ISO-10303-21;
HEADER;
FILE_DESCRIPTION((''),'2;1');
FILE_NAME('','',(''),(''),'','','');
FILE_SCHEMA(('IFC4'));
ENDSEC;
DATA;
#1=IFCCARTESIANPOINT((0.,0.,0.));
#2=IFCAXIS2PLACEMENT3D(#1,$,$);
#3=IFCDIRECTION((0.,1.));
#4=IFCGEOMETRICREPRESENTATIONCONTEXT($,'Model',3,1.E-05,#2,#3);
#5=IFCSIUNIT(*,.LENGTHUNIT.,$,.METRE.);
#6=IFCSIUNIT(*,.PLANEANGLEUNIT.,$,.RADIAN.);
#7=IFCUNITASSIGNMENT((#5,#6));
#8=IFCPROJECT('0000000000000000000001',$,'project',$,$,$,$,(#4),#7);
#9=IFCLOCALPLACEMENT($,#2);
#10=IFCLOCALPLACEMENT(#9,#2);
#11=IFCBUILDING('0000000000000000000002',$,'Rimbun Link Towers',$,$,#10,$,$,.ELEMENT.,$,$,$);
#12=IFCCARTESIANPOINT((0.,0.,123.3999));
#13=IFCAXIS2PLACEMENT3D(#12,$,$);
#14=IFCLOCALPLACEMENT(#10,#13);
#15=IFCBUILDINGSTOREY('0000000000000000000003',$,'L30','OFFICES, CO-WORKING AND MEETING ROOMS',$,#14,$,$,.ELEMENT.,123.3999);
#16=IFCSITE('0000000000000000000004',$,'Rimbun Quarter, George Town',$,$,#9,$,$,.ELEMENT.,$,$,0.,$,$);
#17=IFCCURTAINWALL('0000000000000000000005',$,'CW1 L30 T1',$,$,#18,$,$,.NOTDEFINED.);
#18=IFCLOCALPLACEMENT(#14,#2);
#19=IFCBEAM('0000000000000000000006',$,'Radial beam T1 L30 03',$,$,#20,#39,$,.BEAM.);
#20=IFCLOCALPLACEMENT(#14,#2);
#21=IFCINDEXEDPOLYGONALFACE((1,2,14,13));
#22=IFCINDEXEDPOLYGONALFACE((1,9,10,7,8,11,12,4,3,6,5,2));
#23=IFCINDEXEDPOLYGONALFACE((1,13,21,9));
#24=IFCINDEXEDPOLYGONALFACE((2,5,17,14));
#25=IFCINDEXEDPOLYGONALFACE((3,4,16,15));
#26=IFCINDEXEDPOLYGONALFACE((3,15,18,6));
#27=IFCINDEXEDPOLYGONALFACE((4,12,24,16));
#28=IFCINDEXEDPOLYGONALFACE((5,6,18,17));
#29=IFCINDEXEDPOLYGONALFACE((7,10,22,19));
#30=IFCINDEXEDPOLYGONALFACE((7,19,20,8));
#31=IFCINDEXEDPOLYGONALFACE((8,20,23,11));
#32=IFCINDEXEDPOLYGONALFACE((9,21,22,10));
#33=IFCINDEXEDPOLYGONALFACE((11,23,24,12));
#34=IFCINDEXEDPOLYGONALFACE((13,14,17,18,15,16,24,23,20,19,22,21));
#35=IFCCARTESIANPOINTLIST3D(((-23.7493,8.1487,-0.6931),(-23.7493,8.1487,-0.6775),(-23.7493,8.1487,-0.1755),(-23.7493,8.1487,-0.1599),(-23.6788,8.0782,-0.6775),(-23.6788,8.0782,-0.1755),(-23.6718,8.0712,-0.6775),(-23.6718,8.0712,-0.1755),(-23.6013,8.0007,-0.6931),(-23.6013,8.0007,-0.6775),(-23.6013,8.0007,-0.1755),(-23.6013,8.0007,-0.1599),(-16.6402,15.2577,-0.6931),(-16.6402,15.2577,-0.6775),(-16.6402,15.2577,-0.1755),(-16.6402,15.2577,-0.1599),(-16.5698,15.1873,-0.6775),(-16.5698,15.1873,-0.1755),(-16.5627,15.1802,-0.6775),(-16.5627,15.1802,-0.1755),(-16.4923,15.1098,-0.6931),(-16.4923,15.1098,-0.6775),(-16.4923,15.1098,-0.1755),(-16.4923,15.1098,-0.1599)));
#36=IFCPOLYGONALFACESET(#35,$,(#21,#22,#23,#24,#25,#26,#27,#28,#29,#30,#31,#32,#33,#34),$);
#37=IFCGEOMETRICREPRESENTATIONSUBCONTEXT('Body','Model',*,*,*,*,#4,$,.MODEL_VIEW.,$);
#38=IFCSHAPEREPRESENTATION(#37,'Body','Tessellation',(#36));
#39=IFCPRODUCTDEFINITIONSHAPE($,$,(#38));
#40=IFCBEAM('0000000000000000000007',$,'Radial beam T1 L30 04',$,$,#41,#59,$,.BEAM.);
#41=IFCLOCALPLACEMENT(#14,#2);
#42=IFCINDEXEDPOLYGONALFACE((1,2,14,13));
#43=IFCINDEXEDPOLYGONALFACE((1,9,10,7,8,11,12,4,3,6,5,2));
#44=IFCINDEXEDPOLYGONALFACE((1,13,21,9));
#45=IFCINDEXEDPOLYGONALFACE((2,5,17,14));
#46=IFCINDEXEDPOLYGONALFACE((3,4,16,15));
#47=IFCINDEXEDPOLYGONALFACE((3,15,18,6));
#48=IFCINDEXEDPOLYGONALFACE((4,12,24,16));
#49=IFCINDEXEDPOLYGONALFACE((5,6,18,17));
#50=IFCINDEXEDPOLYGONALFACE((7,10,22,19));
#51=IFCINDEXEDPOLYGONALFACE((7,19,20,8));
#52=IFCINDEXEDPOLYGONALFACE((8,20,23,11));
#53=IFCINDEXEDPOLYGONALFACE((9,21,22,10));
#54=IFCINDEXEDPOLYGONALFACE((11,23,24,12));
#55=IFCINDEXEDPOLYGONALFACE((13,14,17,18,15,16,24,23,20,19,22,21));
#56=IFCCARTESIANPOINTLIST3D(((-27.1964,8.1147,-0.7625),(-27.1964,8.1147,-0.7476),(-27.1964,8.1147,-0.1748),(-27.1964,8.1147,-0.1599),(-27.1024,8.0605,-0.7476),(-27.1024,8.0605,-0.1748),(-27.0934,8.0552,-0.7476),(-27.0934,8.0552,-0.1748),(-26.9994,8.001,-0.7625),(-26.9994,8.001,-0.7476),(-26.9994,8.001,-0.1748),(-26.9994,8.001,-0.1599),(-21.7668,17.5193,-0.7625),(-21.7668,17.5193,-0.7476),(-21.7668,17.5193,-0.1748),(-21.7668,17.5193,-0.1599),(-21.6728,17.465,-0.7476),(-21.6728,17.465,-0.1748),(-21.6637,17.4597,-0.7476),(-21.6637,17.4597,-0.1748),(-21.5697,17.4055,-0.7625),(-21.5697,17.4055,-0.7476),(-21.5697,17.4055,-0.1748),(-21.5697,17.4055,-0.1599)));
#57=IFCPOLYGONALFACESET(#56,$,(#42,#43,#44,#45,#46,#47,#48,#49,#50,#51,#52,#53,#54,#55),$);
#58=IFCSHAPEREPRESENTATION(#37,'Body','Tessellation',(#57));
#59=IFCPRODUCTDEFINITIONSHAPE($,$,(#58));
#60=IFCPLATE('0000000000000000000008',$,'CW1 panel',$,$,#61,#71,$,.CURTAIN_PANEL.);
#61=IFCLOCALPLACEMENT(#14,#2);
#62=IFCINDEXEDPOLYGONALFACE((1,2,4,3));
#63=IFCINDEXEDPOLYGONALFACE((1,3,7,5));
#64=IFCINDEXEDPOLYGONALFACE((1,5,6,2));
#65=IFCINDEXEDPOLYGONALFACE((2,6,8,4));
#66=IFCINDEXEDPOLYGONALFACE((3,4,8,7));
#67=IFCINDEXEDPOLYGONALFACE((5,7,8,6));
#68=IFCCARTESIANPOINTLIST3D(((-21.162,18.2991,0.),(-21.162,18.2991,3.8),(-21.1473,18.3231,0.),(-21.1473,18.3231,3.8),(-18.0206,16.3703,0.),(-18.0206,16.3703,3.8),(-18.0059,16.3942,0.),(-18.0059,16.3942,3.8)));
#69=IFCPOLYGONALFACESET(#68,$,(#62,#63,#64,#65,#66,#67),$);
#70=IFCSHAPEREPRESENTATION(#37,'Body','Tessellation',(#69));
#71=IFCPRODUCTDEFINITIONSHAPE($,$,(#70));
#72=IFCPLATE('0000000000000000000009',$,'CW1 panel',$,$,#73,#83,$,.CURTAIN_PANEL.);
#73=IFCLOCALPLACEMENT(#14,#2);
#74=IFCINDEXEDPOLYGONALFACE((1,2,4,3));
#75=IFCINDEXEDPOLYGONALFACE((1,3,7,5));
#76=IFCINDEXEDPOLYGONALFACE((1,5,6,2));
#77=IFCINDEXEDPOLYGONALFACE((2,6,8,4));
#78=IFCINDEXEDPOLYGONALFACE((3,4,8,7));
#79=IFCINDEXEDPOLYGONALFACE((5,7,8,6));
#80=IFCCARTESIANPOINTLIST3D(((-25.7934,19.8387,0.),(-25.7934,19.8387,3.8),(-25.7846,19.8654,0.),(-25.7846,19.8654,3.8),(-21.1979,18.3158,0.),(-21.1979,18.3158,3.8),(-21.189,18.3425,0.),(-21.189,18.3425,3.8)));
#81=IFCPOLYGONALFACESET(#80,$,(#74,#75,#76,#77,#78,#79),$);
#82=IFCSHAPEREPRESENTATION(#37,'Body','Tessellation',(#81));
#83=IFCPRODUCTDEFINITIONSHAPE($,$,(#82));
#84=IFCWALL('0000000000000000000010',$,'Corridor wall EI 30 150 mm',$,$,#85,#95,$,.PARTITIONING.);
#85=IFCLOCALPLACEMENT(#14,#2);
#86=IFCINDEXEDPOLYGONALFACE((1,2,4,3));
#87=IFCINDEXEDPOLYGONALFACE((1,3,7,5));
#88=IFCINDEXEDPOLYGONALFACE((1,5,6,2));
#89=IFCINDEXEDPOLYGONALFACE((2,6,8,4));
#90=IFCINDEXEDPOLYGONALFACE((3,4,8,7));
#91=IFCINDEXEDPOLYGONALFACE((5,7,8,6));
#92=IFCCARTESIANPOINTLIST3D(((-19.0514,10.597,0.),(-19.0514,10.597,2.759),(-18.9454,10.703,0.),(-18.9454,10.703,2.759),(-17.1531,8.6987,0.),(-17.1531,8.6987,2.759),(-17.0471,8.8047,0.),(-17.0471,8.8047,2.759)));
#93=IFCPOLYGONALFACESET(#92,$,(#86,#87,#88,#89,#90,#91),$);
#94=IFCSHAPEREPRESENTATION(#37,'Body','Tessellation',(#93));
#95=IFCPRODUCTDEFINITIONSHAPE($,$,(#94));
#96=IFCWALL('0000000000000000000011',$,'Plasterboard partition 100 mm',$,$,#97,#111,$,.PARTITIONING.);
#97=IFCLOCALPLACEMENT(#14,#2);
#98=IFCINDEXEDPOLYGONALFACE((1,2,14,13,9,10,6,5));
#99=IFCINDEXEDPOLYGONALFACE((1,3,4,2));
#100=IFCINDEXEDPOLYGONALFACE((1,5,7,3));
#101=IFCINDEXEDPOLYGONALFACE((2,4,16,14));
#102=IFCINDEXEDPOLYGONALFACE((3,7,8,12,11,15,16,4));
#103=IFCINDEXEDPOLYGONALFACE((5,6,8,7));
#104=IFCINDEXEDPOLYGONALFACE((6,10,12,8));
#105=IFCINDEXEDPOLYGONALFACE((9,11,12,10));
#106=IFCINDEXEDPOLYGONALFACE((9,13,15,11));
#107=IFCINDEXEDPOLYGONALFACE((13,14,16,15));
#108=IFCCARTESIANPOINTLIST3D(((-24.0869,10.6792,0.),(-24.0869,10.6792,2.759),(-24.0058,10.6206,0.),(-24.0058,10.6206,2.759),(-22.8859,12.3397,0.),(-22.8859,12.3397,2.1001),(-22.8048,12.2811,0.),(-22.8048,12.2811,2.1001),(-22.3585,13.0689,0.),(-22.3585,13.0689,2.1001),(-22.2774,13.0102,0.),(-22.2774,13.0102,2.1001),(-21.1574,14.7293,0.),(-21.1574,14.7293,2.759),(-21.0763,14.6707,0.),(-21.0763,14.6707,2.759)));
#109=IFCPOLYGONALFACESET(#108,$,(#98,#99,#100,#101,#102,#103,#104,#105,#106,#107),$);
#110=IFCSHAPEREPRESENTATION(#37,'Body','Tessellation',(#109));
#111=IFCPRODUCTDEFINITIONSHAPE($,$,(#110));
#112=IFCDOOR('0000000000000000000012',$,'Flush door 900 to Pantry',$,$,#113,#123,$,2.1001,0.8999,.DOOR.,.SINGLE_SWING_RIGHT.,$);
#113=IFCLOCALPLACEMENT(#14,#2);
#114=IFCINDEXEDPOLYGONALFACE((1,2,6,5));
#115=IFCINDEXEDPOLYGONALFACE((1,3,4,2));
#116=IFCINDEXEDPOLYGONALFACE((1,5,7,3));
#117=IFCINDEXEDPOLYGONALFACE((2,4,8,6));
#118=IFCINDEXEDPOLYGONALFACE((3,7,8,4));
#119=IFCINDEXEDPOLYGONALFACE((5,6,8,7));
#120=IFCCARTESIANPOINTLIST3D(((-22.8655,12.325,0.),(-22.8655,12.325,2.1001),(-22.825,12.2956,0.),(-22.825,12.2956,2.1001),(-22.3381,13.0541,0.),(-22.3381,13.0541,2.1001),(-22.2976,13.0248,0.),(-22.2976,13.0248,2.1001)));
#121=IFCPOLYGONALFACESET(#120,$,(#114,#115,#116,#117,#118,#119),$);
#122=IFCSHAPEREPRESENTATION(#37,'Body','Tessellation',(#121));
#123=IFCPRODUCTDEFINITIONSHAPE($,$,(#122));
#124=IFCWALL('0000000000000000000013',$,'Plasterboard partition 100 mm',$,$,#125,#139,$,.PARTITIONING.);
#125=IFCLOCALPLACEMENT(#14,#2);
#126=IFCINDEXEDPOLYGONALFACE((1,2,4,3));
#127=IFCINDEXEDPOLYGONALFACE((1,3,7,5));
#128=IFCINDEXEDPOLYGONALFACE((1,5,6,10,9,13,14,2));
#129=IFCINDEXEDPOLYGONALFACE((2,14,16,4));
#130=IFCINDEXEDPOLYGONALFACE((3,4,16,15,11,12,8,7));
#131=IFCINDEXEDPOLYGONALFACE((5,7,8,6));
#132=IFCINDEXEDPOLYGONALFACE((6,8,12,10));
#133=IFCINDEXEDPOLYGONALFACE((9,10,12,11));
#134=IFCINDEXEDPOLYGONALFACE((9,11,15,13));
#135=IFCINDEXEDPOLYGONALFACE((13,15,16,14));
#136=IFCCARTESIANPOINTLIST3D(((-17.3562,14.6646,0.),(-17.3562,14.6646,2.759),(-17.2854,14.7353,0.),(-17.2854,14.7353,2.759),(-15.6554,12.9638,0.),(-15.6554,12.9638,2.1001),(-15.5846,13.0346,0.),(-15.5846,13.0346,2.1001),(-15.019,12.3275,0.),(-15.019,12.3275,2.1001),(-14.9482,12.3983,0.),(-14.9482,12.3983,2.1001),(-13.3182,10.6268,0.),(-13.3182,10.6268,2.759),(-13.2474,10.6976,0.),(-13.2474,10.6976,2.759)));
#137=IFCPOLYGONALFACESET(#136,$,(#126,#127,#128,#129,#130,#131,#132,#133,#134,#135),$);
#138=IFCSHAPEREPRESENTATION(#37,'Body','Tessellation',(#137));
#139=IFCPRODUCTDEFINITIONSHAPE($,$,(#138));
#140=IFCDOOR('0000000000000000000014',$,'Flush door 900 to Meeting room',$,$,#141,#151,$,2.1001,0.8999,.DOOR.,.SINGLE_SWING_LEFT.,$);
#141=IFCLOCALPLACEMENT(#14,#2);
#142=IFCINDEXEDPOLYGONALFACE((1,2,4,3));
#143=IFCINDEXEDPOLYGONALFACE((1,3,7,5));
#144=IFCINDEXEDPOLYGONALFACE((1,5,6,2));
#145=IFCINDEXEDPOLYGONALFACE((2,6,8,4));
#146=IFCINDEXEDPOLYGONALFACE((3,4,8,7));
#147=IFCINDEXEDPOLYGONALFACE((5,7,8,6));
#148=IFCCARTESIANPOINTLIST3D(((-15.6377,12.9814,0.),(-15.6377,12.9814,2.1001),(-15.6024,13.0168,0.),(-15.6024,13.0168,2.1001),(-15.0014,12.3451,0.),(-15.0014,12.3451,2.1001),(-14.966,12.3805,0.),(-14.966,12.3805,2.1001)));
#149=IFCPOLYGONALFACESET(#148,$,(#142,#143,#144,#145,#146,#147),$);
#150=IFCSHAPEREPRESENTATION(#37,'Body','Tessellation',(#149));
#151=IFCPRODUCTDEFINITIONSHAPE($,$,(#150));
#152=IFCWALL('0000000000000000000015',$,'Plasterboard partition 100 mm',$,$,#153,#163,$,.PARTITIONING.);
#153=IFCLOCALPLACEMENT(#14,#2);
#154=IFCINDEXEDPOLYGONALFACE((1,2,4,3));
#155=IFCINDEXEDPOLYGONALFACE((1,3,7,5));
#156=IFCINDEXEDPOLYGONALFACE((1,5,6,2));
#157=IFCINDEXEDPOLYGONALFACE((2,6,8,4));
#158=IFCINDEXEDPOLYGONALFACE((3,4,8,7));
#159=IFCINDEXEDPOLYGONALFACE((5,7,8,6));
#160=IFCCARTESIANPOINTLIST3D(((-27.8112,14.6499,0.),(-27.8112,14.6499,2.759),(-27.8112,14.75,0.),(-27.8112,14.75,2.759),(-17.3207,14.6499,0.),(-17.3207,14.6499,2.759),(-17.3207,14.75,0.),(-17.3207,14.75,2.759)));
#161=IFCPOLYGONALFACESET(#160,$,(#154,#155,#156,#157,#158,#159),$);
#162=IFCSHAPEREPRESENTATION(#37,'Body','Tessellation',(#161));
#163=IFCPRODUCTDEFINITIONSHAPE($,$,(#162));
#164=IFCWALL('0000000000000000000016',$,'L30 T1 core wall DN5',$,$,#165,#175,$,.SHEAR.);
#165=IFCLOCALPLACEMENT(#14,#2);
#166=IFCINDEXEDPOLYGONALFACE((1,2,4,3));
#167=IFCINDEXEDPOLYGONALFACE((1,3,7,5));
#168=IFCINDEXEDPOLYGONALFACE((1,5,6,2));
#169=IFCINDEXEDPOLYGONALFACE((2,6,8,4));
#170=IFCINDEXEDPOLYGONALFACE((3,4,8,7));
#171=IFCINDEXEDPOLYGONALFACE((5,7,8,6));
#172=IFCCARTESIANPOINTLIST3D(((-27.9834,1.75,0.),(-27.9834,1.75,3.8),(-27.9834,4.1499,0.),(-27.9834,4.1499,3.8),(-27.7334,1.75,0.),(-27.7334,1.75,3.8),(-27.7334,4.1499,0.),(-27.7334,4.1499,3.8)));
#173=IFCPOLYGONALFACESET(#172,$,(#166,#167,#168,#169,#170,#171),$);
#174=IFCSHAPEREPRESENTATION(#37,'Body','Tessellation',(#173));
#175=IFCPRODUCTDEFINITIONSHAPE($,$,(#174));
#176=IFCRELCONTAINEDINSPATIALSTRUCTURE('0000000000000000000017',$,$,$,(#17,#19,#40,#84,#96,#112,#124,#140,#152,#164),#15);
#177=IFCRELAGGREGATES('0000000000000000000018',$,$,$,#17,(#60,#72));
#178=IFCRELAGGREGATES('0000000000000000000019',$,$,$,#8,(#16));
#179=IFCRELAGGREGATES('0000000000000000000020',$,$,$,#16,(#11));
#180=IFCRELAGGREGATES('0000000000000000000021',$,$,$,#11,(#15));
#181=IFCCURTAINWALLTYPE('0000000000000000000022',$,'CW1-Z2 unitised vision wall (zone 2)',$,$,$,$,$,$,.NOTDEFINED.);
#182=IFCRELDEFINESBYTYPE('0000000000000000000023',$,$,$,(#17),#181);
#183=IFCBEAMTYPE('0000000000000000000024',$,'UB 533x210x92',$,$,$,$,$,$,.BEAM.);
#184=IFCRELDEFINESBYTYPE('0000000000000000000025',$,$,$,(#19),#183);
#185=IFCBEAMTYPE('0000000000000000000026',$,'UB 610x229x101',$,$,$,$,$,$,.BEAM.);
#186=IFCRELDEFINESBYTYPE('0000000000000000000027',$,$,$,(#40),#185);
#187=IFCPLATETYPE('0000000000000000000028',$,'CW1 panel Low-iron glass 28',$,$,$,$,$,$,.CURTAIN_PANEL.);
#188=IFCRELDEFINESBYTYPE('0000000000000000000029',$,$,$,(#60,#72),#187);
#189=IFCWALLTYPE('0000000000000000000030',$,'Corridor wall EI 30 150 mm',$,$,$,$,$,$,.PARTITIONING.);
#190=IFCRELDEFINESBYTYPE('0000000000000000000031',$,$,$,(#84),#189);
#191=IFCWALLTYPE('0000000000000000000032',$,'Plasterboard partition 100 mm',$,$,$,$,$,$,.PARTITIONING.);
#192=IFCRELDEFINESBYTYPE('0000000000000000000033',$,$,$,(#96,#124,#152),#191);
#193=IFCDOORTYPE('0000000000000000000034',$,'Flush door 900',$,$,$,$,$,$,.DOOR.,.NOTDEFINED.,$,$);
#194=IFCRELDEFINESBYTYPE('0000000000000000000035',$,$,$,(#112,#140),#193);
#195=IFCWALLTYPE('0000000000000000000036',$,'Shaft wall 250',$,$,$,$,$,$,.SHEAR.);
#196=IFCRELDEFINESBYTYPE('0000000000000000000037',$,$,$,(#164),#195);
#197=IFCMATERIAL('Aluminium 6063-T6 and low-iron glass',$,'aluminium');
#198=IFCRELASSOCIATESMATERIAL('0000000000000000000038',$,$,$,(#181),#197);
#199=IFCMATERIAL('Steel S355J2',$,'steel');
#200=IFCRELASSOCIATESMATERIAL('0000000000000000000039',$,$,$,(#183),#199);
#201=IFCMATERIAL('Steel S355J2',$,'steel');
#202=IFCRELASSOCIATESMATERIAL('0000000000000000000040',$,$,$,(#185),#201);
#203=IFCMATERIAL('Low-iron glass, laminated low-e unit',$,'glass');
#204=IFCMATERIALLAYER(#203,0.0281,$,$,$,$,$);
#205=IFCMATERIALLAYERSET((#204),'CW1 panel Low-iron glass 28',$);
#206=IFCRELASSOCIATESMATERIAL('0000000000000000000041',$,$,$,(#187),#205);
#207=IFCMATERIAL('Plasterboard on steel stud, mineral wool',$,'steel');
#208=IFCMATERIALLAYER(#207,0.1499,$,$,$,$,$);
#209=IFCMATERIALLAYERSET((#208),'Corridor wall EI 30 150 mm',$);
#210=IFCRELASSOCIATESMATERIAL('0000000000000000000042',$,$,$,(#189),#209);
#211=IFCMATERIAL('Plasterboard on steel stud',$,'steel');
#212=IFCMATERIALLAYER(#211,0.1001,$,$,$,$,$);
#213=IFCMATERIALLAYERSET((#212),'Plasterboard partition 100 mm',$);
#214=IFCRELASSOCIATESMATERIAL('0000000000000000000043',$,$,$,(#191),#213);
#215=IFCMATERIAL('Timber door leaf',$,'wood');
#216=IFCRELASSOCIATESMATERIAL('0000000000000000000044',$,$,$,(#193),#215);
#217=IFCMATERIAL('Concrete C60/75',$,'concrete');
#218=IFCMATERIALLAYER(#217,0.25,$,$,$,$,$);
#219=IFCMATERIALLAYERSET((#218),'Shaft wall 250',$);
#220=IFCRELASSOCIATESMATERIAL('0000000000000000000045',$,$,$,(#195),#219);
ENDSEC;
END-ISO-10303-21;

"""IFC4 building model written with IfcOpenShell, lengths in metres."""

from ifc_helpers import new_model, si_unit, direction, frame, frame_2d, origin, origin_2d, place, context, subcontext, project, spatial, rectangle, i_section, extrude, material, layer, layer_set, material_profile, profile_set, type_object, element, fill, aggregate, save


model = new_model("IFC4")

# Units and contexts
model_context = context("Model", 3, precision=1e-05, world=origin(), true_north=direction((0.0, 1.0)))
body_context = subcontext(model_context, "Body", "Model", "MODEL_VIEW")
ifc_project = project(units=[si_unit("LENGTHUNIT", "METRE"), si_unit("PLANEANGLEUNIT", "RADIAN")], contexts=[model_context])

# Site, building, storey
site_placement = place(None, origin())
site = spatial("IfcSite", under=ifc_project, at=site_placement, Name="Rimbun Quarter, George Town", CompositionType="ELEMENT", RefElevation=0.0)
building_placement = place(site_placement, origin())
building = spatial("IfcBuilding", under=site, at=building_placement, Name="Rimbun Link Towers", CompositionType="ELEMENT")
storey_placement = place(building_placement, frame((0.0, 0.0, 123.3999)))
storey = spatial("IfcBuildingStorey", under=building, at=storey_placement, Name="L30", Description="OFFICES, CO-WORKING AND MEETING ROOMS", CompositionType="ELEMENT", Elevation=123.3999)

# Curtain wall
ifc_material_1 = material(Name="Aluminium 6063-T6 and low-iron glass", Category="aluminium")
curtain_wall_type = type_object("IfcCurtainWallType", Name="CW1-Z2 unitised vision wall (zone 2)", PredefinedType="NOTDEFINED", material=ifc_material_1)
curtain_wall_placement = place(storey_placement, origin())
curtain_wall = element("IfcCurtainWall", 1, at=curtain_wall_placement, inside=storey, type_object=curtain_wall_type, Name="CW1 L30 T1", PredefinedType="NOTDEFINED")

# Beams
ifc_material_2 = material(Name="Steel S355J2", Category="steel")
ifc_material_profile_1 = material_profile(ifc_material_2, i_section(OverallWidth=0.2092, OverallDepth=0.5332, WebThickness=0.01, FlangeThickness=0.0156, at=origin_2d()), Name="UB 533x210x92")
ifc_profile_set_1 = profile_set([ifc_material_profile_1], Name="Steel S355J2")
beam_type_1 = type_object("IfcBeamType", Name="UB 533x210x92", PredefinedType="BEAM", material=ifc_profile_set_1)
beam_1_placement = place(storey_placement, frame((-23.6753, 8.0747, -0.4265), z_axis=(0.707107, 0.707107, 0.0), x_axis=(-0.707107, 0.707107, 0.0)))
element("IfcBeam", 2, at=beam_1_placement, inside=storey, type_object=beam_type_1, Name="Radial beam T1 L30 03", PredefinedType="BEAM", context=body_context, shape_type="SweptSolid", body=[
    extrude(i_section(OverallWidth=0.2092, OverallDepth=0.5332, WebThickness=0.01, FlangeThickness=0.0156, at=origin_2d()), origin(), (0.0, 0.0, 1.0), 10.0537),
])
ifc_material_3 = material(Name="Steel S355J2", Category="steel")
ifc_material_profile_2 = material_profile(ifc_material_3, i_section(OverallWidth=0.2275, OverallDepth=0.6025, WebThickness=0.0105, FlangeThickness=0.0149, at=origin_2d()), Name="UB 610x229x101")
ifc_profile_set_2 = profile_set([ifc_material_profile_2], Name="Steel S355J2")
beam_type_2 = type_object("IfcBeamType", Name="UB 610x229x101", PredefinedType="BEAM", material=ifc_profile_set_2)
beam_2_placement = place(storey_placement, frame((-27.0979, 8.0579, -0.4612), z_axis=(0.499998, 0.866026, 0.0), x_axis=(-0.866026, 0.499998, 0.0)))
element("IfcBeam", 3, at=beam_2_placement, inside=storey, type_object=beam_type_2, Name="Radial beam T1 L30 04", PredefinedType="BEAM", context=body_context, shape_type="SweptSolid", body=[
    extrude(i_section(OverallWidth=0.2275, OverallDepth=0.6025, WebThickness=0.0105, FlangeThickness=0.0149, at=origin_2d()), origin(), (0.0, 0.0, 1.0), 10.8594),
])

# Plates
ifc_material_4 = material(Name="Low-iron glass, laminated low-e unit", Category="glass")
ifc_layer_1 = layer(ifc_material_4, 0.0281)
ifc_layer_set_1 = layer_set([ifc_layer_1], Name="CW1 panel Low-iron glass 28")
plate_type = type_object("IfcPlateType", Name="CW1 panel Low-iron glass 28", PredefinedType="CURTAIN_PANEL", material=ifc_layer_set_1)
plate_1_placement = place(storey_placement, frame((-19.584, 17.3467, 0.0), z_axis=(0.0, 0.0, 1.0), x_axis=(0.852183, -0.523243, 0.0)))
plate_1 = element("IfcPlate", 4, at=plate_1_placement, type_object=plate_type, Name="CW1 panel", PredefinedType="CURTAIN_PANEL", context=body_context, shape_type="SweptSolid", body=[
    extrude(rectangle(XDim=3.6863, YDim=0.0281, at=origin_2d()), origin(), (0.0, 0.0, 1.0), 3.8),
])
plate_2_placement = place(storey_placement, frame((-23.4912, 19.0906, 0.0), z_axis=(0.0, 0.0, 1.0), x_axis=(0.949236, -0.314563, 0.0)))
plate_2 = element("IfcPlate", 5, at=plate_2_placement, type_object=plate_type, Name="CW1 panel", PredefinedType="CURTAIN_PANEL", context=body_context, shape_type="SweptSolid", body=[
    extrude(rectangle(XDim=4.8413, YDim=0.0281, at=origin_2d()), origin(), (0.0, 0.0, 1.0), 3.8),
])
aggregate(curtain_wall, [plate_1, plate_2])

# Wall
ifc_material_5 = material(Name="Plasterboard on steel stud, mineral wool", Category="steel")
ifc_layer_2 = layer(ifc_material_5, 0.1499)
ifc_layer_set_2 = layer_set([ifc_layer_2], Name="Corridor wall EI 30 150 mm")
wall_type_1 = type_object("IfcWallType", Name="Corridor wall EI 30 150 mm", PredefinedType="PARTITIONING", material=ifc_layer_set_2)
wall_1_placement = place(storey_placement, frame((-17.1001, 8.7517, 0.0), z_axis=(0.0, 0.0, 1.0), x_axis=(-0.707107, 0.707107, 0.0)))
element("IfcWall", 6, at=wall_1_placement, inside=storey, type_object=wall_type_1, Name="Corridor wall EI 30 150 mm", PredefinedType="PARTITIONING", context=body_context, shape_type="SweptSolid", body=[
    extrude(rectangle(XDim=2.6846, YDim=0.1499, at=frame_2d((1.3423, 0.0))), origin(), (0.0, 0.0, 1.0), 2.759),
])

# Walls, openings, doors
ifc_material_6 = material(Name="Plasterboard on steel stud", Category="steel")
ifc_layer_3 = layer(ifc_material_6, 0.1001)
ifc_layer_set_3 = layer_set([ifc_layer_3], Name="Plasterboard partition 100 mm")
wall_type_2 = type_object("IfcWallType", Name="Plasterboard partition 100 mm", PredefinedType="PARTITIONING", material=ifc_layer_set_3)
wall_2_placement = place(storey_placement, frame((-24.0464, 10.6499, 0.0), z_axis=(0.0, 0.0, 1.0), x_axis=(0.58607, 0.81026, 0.0)))
wall_2 = element("IfcWall", 7, at=wall_2_placement, inside=storey, type_object=wall_type_2, Name="Plasterboard partition 100 mm", PredefinedType="PARTITIONING", context=body_context, shape_type="SweptSolid", body=[
    extrude(rectangle(XDim=4.9985, YDim=0.1001, at=frame_2d((2.4993, 0.0))), origin(), (0.0, 0.0, 1.0), 2.759),
])
opening_1_placement = place(wall_2_placement, frame((2.0493, 0.0, 0.0)))
opening_1 = element("IfcOpeningElement", 8, at=opening_1_placement, cuts=wall_2, PredefinedType="OPENING", context=body_context, shape_type="SweptSolid", body=[
    extrude(rectangle(XDim=0.8999, YDim=2.1001, at=frame_2d((0.45, 1.05))), frame((0.0, 0.0601, 0.0), z_axis=(0.0, -1.0, 0.0), x_axis=(1.0, 0.0, 0.0)), (0.0, 0.0, 1.0), 0.1201),
])
ifc_material_7 = material(Name="Timber door leaf", Category="wood")
door_type_1 = type_object("IfcDoorType", Name="Flush door 900", OperationType="NOTDEFINED", PredefinedType="DOOR", material=ifc_material_7)
door_1_placement = place(opening_1_placement, origin())
door_1 = element("IfcDoor", 9, at=door_1_placement, inside=storey, type_object=door_type_1, Name="Flush door 900 to Pantry", OperationType="SINGLE_SWING_RIGHT", OverallHeight=2.1001, OverallWidth=0.8999, PredefinedType="DOOR", context=body_context, shape_type="SweptSolid", body=[
    extrude(rectangle(XDim=0.8999, YDim=2.1001, at=frame_2d((0.45, 1.05))), frame((0.0, 0.0249, 0.0), z_axis=(0.0, -1.0, 0.0), x_axis=(1.0, 0.0, 0.0)), (0.0, 0.0, 1.0), 0.05),
])
fill(opening_1, door_1)
wall_3_placement = place(storey_placement, frame((-17.3208, 14.7, 0.0), z_axis=(0.0, 0.0, 1.0), x_axis=(0.707128, -0.707085, 0.0)))
wall_3 = element("IfcWall", 10, at=wall_3_placement, inside=storey, type_object=wall_type_2, Name="Plasterboard partition 100 mm", PredefinedType="PARTITIONING", context=body_context, shape_type="SweptSolid", body=[
    extrude(rectangle(XDim=5.7104, YDim=0.1001, at=frame_2d((2.8552, 0.0))), origin(), (0.0, 0.0, 1.0), 2.759),
])
opening_2_placement = place(wall_3_placement, frame((2.4053, 0.0, 0.0)))
opening_2 = element("IfcOpeningElement", 11, at=opening_2_placement, cuts=wall_3, PredefinedType="OPENING", context=body_context, shape_type="SweptSolid", body=[
    extrude(rectangle(XDim=0.8999, YDim=2.1001, at=frame_2d((0.45, 1.05))), frame((0.0, 0.0601, 0.0), z_axis=(0.0, -1.0, 0.0), x_axis=(1.0, 0.0, 0.0)), (0.0, 0.0, 1.0), 0.1201),
])
door_2_placement = place(opening_2_placement, origin())
door_2 = element("IfcDoor", 12, at=door_2_placement, inside=storey, type_object=door_type_1, Name="Flush door 900 to Meeting room", OperationType="SINGLE_SWING_LEFT", OverallHeight=2.1001, OverallWidth=0.8999, PredefinedType="DOOR", context=body_context, shape_type="SweptSolid", body=[
    extrude(rectangle(XDim=0.8999, YDim=2.1001, at=frame_2d((0.45, 1.05))), frame((0.0, 0.0249, 0.0), z_axis=(0.0, -1.0, 0.0), x_axis=(1.0, 0.0, 0.0)), (0.0, 0.0, 1.0), 0.05),
])
fill(opening_2, door_2)

# Walls
wall_4_placement = place(storey_placement, frame((-17.3208, 14.7, 0.0), z_axis=(0.0, 0.0, 1.0), x_axis=(-1.0, 0.0, 0.0)))
element("IfcWall", 13, at=wall_4_placement, inside=storey, type_object=wall_type_2, Name="Plasterboard partition 100 mm", PredefinedType="PARTITIONING", context=body_context, shape_type="SweptSolid", body=[
    extrude(rectangle(XDim=10.4905, YDim=0.1001, at=frame_2d((5.2451, 0.0))), origin(), (0.0, 0.0, 1.0), 2.759),
])
ifc_material_8 = material(Name="Concrete C60/75", Category="concrete")
ifc_layer_4 = layer(ifc_material_8, 0.25)
ifc_layer_set_4 = layer_set([ifc_layer_4], Name="Shaft wall 250")
wall_type_3 = type_object("IfcWallType", Name="Shaft wall 250", PredefinedType="SHEAR", material=ifc_layer_set_4)
for number, where, z_axis, x_axis, name in (
    (14, (-27.8584, 1.75, 0.0), (0.0, 0.0, 1.0), (0.0, 1.0, 0.0), "L30 T1 core wall DN5"),
):
    element("IfcWall", number, at=place(storey_placement, frame(where, z_axis=z_axis, x_axis=x_axis)), inside=storey, type_object=wall_type_3, Name=name, PredefinedType="SHEAR", context=body_context, shape_type="SweptSolid", body=[
        extrude(rectangle(XDim=2.3999, YDim=0.25, at=frame_2d((1.2, 0.0))), origin(), (0.0, 0.0, 1.0), 3.8),
    ])

save(model, "model.ifc")
